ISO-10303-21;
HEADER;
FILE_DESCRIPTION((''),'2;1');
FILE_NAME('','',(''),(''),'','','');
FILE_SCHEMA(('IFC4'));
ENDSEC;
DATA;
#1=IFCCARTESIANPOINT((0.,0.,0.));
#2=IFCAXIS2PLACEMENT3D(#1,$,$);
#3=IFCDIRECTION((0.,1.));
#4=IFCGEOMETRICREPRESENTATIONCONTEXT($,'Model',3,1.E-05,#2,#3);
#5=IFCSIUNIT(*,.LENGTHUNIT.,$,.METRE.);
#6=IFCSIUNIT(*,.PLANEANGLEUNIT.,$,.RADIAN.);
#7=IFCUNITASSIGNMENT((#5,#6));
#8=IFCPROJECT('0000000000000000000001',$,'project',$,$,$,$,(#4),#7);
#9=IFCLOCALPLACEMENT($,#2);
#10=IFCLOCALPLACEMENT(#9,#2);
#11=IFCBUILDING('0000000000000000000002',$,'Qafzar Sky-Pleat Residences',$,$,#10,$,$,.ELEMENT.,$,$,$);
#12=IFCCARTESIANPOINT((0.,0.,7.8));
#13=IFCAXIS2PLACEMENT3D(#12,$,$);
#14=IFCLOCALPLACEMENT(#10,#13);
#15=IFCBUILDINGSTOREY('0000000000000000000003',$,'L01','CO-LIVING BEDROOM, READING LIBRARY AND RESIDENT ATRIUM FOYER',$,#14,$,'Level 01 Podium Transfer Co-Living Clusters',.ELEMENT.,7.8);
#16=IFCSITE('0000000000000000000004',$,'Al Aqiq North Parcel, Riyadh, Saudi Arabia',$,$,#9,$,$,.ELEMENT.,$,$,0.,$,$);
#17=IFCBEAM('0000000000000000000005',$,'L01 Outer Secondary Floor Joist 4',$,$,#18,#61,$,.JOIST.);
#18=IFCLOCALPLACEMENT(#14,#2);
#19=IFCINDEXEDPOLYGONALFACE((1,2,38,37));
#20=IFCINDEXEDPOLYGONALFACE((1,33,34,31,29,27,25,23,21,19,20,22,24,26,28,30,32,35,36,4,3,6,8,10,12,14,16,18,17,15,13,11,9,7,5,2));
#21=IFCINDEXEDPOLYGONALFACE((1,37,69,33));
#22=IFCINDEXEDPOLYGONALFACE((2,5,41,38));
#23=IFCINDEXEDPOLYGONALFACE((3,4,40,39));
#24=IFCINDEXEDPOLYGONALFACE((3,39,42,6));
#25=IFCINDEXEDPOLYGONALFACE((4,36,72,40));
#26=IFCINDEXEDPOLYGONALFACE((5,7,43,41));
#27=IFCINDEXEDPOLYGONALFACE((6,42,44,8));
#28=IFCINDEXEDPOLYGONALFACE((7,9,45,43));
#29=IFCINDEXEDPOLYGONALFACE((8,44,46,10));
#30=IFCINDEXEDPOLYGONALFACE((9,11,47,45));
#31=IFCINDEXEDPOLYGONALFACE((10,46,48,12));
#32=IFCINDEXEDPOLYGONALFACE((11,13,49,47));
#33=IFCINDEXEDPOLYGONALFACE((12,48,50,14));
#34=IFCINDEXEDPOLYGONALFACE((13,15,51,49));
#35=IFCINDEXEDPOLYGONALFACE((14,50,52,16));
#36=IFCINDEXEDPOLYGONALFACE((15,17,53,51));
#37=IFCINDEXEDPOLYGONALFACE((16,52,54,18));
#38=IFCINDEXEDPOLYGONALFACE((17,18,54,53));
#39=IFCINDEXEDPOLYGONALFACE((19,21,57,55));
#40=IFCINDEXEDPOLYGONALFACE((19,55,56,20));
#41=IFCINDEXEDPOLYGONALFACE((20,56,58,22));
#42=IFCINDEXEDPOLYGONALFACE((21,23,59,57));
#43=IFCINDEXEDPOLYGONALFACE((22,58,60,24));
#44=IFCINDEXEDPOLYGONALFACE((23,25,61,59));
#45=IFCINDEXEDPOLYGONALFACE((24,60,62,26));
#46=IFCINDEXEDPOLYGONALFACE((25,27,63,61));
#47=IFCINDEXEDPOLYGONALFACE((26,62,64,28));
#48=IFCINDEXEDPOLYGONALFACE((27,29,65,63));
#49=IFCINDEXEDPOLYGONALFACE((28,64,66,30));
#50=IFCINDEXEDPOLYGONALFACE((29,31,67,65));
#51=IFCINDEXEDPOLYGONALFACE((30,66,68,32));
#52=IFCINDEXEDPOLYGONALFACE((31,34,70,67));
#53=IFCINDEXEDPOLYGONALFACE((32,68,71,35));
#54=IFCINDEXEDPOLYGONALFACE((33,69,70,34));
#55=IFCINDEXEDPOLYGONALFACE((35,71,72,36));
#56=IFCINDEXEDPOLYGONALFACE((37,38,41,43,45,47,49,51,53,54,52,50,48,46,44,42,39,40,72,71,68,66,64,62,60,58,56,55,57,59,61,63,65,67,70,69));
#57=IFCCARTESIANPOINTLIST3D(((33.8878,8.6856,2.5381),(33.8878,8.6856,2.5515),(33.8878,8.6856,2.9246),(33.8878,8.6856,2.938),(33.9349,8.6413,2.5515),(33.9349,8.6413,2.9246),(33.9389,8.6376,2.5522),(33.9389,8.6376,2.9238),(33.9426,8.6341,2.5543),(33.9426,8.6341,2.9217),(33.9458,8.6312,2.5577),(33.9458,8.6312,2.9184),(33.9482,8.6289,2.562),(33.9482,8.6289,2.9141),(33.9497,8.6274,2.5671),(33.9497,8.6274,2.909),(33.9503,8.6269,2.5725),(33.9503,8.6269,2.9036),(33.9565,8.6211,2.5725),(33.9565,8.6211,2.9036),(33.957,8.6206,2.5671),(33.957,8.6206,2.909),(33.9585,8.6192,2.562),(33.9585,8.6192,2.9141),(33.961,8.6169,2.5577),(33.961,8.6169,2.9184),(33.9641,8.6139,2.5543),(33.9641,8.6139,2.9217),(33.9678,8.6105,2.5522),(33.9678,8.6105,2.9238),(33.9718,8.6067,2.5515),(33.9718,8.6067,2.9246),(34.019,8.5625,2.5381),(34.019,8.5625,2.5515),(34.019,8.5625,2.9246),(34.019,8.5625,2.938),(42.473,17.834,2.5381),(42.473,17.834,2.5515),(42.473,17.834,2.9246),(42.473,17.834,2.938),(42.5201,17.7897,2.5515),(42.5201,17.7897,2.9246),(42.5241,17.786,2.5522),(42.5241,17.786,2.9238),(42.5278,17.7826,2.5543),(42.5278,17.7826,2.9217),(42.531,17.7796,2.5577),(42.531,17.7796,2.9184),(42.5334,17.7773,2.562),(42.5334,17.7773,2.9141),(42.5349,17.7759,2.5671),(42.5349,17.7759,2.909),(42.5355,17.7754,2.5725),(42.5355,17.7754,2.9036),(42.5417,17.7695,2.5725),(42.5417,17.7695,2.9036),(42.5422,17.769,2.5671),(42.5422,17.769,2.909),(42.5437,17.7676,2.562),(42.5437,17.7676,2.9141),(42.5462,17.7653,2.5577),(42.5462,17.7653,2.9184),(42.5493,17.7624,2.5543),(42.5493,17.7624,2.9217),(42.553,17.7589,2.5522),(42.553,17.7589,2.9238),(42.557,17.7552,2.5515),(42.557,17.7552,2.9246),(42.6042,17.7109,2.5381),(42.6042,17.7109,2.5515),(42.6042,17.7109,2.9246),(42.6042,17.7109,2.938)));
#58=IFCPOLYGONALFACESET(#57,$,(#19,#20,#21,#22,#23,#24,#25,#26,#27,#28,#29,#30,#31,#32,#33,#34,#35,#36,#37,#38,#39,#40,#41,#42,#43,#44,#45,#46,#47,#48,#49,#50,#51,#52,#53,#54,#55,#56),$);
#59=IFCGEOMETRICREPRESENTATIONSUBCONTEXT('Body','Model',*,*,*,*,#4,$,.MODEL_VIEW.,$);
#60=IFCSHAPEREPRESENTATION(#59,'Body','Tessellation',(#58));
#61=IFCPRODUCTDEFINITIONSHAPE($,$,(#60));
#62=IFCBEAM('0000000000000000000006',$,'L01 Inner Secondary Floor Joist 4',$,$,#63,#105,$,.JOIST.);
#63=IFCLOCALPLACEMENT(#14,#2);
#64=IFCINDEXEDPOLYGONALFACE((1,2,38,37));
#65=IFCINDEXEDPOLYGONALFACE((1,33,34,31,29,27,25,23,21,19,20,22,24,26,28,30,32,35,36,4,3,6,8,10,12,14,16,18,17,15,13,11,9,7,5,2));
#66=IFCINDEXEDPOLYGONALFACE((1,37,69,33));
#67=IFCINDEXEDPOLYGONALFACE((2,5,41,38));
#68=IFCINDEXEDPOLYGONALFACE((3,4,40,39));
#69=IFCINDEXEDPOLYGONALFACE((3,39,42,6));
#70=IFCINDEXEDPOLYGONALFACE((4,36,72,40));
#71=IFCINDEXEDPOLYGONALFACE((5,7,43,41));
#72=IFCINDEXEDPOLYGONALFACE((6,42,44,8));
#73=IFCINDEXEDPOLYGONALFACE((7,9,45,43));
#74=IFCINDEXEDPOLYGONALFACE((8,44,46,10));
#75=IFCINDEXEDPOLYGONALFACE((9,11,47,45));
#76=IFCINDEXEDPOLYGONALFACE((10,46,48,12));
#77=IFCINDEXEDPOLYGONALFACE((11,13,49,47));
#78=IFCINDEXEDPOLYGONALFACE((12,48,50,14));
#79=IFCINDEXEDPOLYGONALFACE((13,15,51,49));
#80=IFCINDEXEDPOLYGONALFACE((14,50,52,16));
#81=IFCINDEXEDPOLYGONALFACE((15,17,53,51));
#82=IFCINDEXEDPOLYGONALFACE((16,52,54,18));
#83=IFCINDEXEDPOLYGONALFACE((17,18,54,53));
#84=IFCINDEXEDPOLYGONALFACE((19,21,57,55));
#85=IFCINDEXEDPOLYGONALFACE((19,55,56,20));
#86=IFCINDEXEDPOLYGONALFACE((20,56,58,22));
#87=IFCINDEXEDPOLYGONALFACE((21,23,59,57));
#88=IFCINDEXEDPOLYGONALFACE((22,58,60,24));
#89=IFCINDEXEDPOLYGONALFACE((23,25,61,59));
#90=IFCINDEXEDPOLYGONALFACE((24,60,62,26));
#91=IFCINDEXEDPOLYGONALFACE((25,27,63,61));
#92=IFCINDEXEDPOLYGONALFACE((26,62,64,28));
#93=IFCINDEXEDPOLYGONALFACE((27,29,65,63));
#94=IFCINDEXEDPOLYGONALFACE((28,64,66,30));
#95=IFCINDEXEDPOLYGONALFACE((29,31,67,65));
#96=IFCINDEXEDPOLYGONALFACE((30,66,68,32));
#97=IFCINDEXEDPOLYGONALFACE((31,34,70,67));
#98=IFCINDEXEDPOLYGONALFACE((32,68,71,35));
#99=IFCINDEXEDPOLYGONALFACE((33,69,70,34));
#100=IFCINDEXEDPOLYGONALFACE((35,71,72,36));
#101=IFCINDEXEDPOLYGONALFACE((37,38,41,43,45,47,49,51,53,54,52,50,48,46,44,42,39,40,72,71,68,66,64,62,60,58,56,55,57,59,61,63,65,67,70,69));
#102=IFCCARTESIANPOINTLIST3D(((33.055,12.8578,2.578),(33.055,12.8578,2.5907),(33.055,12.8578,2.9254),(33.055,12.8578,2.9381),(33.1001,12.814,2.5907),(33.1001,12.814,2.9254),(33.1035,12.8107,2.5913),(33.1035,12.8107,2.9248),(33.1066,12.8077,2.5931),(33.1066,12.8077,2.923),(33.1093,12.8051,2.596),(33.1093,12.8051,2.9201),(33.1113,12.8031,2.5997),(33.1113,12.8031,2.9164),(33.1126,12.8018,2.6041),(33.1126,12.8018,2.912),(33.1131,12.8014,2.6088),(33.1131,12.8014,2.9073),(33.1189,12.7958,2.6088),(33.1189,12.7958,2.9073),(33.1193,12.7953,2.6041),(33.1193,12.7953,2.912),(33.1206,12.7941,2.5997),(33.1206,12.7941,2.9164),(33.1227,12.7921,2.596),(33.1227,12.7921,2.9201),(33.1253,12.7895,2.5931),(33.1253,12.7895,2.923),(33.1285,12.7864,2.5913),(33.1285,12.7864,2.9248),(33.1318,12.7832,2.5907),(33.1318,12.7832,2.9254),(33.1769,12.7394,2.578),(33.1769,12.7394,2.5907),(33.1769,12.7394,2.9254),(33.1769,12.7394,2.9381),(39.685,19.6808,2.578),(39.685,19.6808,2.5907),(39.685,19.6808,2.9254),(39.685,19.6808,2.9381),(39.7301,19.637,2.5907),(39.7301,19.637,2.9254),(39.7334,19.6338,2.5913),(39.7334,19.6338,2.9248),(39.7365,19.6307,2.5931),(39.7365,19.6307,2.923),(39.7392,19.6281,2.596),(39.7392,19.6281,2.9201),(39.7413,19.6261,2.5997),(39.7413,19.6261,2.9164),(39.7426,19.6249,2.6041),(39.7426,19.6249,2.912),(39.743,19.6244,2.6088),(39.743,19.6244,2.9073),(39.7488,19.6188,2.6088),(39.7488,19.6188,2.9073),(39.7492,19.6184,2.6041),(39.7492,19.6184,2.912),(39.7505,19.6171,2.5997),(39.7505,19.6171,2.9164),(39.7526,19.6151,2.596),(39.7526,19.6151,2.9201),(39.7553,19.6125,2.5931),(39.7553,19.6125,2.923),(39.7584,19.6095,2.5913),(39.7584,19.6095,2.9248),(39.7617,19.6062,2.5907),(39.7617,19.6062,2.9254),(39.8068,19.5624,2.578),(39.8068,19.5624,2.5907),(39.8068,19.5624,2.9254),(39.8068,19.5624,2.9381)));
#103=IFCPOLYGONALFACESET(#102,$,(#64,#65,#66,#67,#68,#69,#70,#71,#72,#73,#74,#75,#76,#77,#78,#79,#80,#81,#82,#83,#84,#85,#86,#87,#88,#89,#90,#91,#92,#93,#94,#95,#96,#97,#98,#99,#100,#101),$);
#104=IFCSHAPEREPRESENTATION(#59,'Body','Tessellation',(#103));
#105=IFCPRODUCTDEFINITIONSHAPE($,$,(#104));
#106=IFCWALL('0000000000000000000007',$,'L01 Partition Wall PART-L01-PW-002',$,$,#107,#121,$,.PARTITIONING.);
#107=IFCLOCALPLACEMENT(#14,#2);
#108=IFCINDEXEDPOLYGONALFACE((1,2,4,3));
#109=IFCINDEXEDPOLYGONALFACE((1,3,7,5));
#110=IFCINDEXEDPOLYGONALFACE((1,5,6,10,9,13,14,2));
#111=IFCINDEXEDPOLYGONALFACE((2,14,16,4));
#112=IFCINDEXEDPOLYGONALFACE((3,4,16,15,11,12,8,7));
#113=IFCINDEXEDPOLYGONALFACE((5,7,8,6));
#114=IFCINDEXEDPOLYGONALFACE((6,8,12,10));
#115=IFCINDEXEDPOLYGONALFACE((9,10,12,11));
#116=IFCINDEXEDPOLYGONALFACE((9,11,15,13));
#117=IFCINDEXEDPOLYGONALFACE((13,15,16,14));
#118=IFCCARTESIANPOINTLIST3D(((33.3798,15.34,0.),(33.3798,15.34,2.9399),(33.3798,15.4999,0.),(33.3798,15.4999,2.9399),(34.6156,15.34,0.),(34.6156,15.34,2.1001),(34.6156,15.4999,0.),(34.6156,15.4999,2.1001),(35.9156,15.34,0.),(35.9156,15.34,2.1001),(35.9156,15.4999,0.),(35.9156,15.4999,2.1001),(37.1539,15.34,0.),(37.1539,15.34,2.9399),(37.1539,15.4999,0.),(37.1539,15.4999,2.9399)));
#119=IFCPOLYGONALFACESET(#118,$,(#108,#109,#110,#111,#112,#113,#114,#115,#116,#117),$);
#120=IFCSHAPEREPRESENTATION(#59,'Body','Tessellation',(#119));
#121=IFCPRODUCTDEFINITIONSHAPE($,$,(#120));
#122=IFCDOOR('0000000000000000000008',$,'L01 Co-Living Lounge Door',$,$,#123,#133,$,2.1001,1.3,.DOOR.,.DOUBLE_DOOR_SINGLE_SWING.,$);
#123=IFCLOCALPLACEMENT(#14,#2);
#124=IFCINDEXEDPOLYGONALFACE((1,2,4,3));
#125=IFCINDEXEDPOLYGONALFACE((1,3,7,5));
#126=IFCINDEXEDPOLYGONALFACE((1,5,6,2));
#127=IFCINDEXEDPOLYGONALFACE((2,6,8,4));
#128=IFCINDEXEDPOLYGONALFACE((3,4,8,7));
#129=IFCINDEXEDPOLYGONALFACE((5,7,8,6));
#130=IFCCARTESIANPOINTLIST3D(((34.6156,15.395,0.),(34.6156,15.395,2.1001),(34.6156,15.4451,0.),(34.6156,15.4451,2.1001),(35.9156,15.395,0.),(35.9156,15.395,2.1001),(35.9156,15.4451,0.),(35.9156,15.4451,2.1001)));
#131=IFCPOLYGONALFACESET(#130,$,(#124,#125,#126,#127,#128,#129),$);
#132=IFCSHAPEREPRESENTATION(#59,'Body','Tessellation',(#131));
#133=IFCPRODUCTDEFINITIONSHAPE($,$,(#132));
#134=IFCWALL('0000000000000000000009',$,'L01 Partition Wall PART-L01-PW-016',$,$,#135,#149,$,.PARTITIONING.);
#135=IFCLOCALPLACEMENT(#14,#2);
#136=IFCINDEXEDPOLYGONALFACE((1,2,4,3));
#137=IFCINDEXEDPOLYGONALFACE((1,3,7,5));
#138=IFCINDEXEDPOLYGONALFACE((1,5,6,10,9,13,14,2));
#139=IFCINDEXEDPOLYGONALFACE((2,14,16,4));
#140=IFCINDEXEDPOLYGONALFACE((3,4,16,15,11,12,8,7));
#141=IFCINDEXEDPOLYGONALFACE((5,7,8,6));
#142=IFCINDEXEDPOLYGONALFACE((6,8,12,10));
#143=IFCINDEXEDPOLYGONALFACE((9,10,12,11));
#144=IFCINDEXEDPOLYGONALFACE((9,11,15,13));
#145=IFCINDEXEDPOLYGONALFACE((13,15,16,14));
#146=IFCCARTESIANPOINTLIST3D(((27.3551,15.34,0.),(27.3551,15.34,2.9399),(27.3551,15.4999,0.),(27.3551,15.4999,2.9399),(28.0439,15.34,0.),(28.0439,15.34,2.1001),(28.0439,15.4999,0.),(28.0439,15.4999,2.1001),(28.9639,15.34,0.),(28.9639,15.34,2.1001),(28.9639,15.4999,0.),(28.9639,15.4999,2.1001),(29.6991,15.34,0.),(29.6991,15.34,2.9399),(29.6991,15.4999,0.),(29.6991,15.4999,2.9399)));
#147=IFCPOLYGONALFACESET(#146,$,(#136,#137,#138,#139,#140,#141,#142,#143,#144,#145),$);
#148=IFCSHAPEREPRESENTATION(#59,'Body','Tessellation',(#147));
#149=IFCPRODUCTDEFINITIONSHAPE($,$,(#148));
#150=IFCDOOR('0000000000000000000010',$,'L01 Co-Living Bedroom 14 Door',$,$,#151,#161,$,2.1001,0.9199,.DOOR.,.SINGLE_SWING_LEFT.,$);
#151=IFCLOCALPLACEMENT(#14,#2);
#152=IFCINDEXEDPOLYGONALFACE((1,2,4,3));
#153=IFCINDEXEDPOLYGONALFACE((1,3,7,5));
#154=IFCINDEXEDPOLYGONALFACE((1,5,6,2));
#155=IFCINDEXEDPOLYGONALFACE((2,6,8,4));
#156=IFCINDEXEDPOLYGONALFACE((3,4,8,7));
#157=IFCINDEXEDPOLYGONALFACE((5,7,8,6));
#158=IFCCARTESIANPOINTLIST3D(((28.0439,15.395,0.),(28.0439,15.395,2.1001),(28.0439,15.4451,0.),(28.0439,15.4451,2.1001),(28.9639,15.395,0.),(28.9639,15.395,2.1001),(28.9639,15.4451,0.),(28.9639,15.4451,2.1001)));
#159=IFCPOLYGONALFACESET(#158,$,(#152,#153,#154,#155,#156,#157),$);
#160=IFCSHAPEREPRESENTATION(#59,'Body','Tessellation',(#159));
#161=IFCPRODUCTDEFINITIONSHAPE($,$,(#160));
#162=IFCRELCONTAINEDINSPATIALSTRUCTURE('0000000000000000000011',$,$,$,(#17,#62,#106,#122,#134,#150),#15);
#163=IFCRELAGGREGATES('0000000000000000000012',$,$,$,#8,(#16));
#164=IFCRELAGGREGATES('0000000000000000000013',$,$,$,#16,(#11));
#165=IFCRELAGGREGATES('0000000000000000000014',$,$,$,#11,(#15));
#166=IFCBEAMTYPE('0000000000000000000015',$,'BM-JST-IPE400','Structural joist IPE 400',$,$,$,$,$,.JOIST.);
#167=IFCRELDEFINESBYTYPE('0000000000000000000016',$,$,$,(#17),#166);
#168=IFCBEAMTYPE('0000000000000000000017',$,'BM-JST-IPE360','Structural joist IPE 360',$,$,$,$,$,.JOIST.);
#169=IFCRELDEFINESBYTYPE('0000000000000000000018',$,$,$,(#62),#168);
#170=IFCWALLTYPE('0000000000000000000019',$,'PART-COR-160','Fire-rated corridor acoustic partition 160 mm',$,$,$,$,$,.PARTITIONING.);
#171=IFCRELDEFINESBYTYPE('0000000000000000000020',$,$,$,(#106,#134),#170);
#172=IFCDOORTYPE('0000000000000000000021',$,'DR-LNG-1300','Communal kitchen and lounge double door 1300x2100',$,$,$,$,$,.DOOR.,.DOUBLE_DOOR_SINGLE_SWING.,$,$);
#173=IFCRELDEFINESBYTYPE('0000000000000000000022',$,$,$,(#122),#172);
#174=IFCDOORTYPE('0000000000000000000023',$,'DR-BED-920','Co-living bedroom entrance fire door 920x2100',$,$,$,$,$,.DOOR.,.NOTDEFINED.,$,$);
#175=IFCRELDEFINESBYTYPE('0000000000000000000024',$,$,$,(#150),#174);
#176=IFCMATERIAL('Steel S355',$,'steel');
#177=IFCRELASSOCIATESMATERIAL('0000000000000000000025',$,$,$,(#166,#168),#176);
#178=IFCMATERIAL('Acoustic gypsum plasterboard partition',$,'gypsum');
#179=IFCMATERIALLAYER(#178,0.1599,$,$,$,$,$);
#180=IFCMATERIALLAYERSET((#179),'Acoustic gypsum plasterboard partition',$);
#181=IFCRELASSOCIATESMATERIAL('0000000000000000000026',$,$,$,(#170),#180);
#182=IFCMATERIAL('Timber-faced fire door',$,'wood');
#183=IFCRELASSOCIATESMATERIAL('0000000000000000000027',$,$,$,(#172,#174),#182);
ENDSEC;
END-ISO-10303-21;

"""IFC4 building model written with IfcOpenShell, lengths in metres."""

from ifc_helpers import new_model, si_unit, direction, frame, frame_2d, origin, origin_2d, place, context, subcontext, project, spatial, rectangle, i_section, extrude, source, transform, mapped, material, layer, layer_set, material_profile, profile_set, type_object, element, fill, save


model = new_model("IFC4")

# Units and contexts
model_context = context("Model", 3, precision=1e-05, world=origin(), true_north=direction((0.0, 1.0)))
body_context = subcontext(model_context, "Body", "Model", "MODEL_VIEW")
ifc_project = project(units=[si_unit("LENGTHUNIT", "METRE"), si_unit("PLANEANGLEUNIT", "RADIAN")], contexts=[model_context])

# Site, building, storey
site_placement = place(None, origin())
site = spatial("IfcSite", under=ifc_project, at=site_placement, Name="Al Aqiq North Parcel, Riyadh, Saudi Arabia", CompositionType="ELEMENT", RefElevation=0.0)
building_placement = place(site_placement, origin())
building = spatial("IfcBuilding", under=site, at=building_placement, Name="Qafzar Sky-Pleat Residences", CompositionType="ELEMENT")
storey_placement = place(building_placement, frame((0.0, 0.0, 7.8)))
storey = spatial("IfcBuildingStorey", under=building, at=storey_placement, Name="L01", Description="CO-LIVING BEDROOM, READING LIBRARY AND RESIDENT ATRIUM FOYER", LongName="Level 01 Podium Transfer Co-Living Clusters", CompositionType="ELEMENT", Elevation=7.8)

# Beams
ifc_material_1 = material(Name="Steel S355", Category="steel")
ifc_material_profile_1 = material_profile(ifc_material_1, i_section(OverallWidth=0.1799, OverallDepth=0.3999, WebThickness=0.0085, FlangeThickness=0.0134, FilletRadius=0.021, at=origin_2d()), Name="IPE 400")
ifc_profile_set_1 = profile_set([ifc_material_profile_1], Name="Steel S355")
beam_type_1 = type_object("IfcBeamType", Name="BM-JST-IPE400", Description="Structural joist IPE 400", PredefinedType="JOIST", material=ifc_profile_set_1)
shared_shape_1 = source(origin(), body_context, "Body", "SweptSolid", [
    extrude(i_section(OverallWidth=0.1799, OverallDepth=0.3999, WebThickness=0.0085, FlangeThickness=0.0134, FilletRadius=0.021, at=origin_2d()), origin(), (0.0, 0.0, 1.0), 12.5459),
])
beam_1_placement = place(storey_placement, frame((33.9534, 8.624, 2.738), z_axis=(0.684304, 0.729197, 0.0), x_axis=(-0.729197, 0.684304, 0.0)))
element("IfcBeam", 1, at=beam_1_placement, inside=storey, type_object=beam_type_1, Name="L01 Outer Secondary Floor Joist 4", PredefinedType="JOIST", context=body_context, shape_type="MappedRepresentation", body=[
    mapped(shared_shape_1, transform((0.0, 0.0, 0.0), x_axis=(1.0, 0.0, 0.0), y_axis=(0.0, 1.0, 0.0), z_axis=(0.0, 0.0, 1.0), scale=1.0)),
])
ifc_material_profile_2 = material_profile(ifc_material_1, i_section(OverallWidth=0.1699, OverallDepth=0.3601, WebThickness=0.0081, FlangeThickness=0.0127, FilletRadius=0.0181, at=origin_2d()), Name="IPE 360")
ifc_profile_set_2 = profile_set([ifc_material_profile_2], Name="Steel S355")
beam_type_2 = type_object("IfcBeamType", Name="BM-JST-IPE360", Description="Structural joist IPE 360", PredefinedType="JOIST", material=ifc_profile_set_2)
shared_shape_2 = source(origin(), body_context, "Body", "SweptSolid", [
    extrude(i_section(OverallWidth=0.1699, OverallDepth=0.3601, WebThickness=0.0081, FlangeThickness=0.0127, FilletRadius=0.0181, at=origin_2d()), origin(), (0.0, 0.0, 1.0), 9.5137),
])
beam_2_placement = place(storey_placement, frame((33.116, 12.7986, 2.7581), z_axis=(0.696885, 0.717183, 0.0), x_axis=(-0.717183, 0.696885, 0.0)))
element("IfcBeam", 2, at=beam_2_placement, inside=storey, type_object=beam_type_2, Name="L01 Inner Secondary Floor Joist 4", PredefinedType="JOIST", context=body_context, shape_type="MappedRepresentation", body=[
    mapped(shared_shape_2, transform((0.0, 0.0, 0.0), x_axis=(1.0, 0.0, 0.0), y_axis=(0.0, 1.0, 0.0), z_axis=(0.0, 0.0, 1.0), scale=1.0)),
])

# Walls, openings, doors
ifc_material_2 = material(Name="Acoustic gypsum plasterboard partition", Category="gypsum")
ifc_layer_1 = layer(ifc_material_2, 0.1599)
ifc_layer_set_1 = layer_set([ifc_layer_1], Name="Acoustic gypsum plasterboard partition")
wall_type_1 = type_object("IfcWallType", Name="PART-COR-160", Description="Fire-rated corridor acoustic partition 160 mm", PredefinedType="PARTITIONING", material=ifc_layer_set_1)
wall_1_placement = place(storey_placement, frame((37.1541, 15.4199, 0.0), z_axis=(0.0, 0.0, 1.0), x_axis=(-1.0, 0.0, 0.0)))
wall_1 = element("IfcWall", 3, at=wall_1_placement, inside=storey, type_object=wall_type_1, Name="L01 Partition Wall PART-L01-PW-002", PredefinedType="PARTITIONING", context=body_context, shape_type="SweptSolid", body=[
    extrude(rectangle(XDim=3.7742, YDim=0.1599, at=frame_2d((1.8872, 0.0))), origin(), (0.0, 0.0, 1.0), 2.9399),
])
opening_1_placement = place(wall_1_placement, frame((1.2385, 0.0, 0.0)))
opening_1 = element("IfcOpeningElement", 4, at=opening_1_placement, cuts=wall_1, PredefinedType="OPENING", context=body_context, shape_type="SweptSolid", body=[
    extrude(rectangle(XDim=1.3, YDim=2.1001, at=frame_2d((0.6499, 1.05))), frame((0.0, 0.0898, 0.0), z_axis=(0.0, -1.0, 0.0), x_axis=(1.0, 0.0, 0.0)), (0.0, 0.0, 1.0), 0.1799),
])
ifc_material_3 = material(Name="Timber-faced fire door", Category="wood")
door_type_1 = type_object("IfcDoorType", Name="DR-LNG-1300", Description="Communal kitchen and lounge double door 1300x2100", OperationType="DOUBLE_DOOR_SINGLE_SWING", PredefinedType="DOOR", material=ifc_material_3)
shared_shape_3 = source(origin(), body_context, "Body", "SweptSolid", [
    extrude(rectangle(XDim=1.3, YDim=2.1001, at=frame_2d((0.6499, 1.05))), frame((0.0, 0.0249, 0.0), z_axis=(0.0, -1.0, 0.0), x_axis=(1.0, 0.0, 0.0)), (0.0, 0.0, 1.0), 0.05),
])
door_1_placement = place(opening_1_placement, origin())
door_1 = element("IfcDoor", 5, at=door_1_placement, inside=storey, type_object=door_type_1, Name="L01 Co-Living Lounge Door", OperationType="DOUBLE_DOOR_SINGLE_SWING", OverallHeight=2.1001, OverallWidth=1.3, PredefinedType="DOOR", context=body_context, shape_type="MappedRepresentation", body=[
    mapped(shared_shape_3, transform((0.0, 0.0, 0.0), x_axis=(1.0, 0.0, 0.0), y_axis=(0.0, 1.0, 0.0), z_axis=(0.0, 0.0, 1.0), scale=1.0)),
])
fill(opening_1, door_1)
wall_2_placement = place(storey_placement, frame((29.699, 15.4199, 0.0), z_axis=(0.0, 0.0, 1.0), x_axis=(-1.0, 0.0, 0.0)))
wall_2 = element("IfcWall", 6, at=wall_2_placement, inside=storey, type_object=wall_type_1, Name="L01 Partition Wall PART-L01-PW-016", PredefinedType="PARTITIONING", context=body_context, shape_type="SweptSolid", body=[
    extrude(rectangle(XDim=2.344, YDim=0.1599, at=frame_2d((1.1719, 0.0))), origin(), (0.0, 0.0, 1.0), 2.9399),
])
opening_2_placement = place(wall_2_placement, frame((0.7351, 0.0, 0.0)))
opening_2 = element("IfcOpeningElement", 7, at=opening_2_placement, cuts=wall_2, PredefinedType="OPENING", context=body_context, shape_type="SweptSolid", body=[
    extrude(rectangle(XDim=0.9199, YDim=2.1001, at=frame_2d((0.46, 1.05))), frame((0.0, 0.0898, 0.0), z_axis=(0.0, -1.0, 0.0), x_axis=(1.0, 0.0, 0.0)), (0.0, 0.0, 1.0), 0.1799),
])
door_type_2 = type_object("IfcDoorType", Name="DR-BED-920", Description="Co-living bedroom entrance fire door 920x2100", OperationType="NOTDEFINED", PredefinedType="DOOR", material=ifc_material_3)
shared_shape_4 = source(origin(), body_context, "Body", "SweptSolid", [
    extrude(rectangle(XDim=0.9199, YDim=2.1001, at=frame_2d((0.46, 1.05))), frame((0.0, 0.0249, 0.0), z_axis=(0.0, -1.0, 0.0), x_axis=(1.0, 0.0, 0.0)), (0.0, 0.0, 1.0), 0.05),
])
door_2_placement = place(opening_2_placement, origin())
door_2 = element("IfcDoor", 8, at=door_2_placement, inside=storey, type_object=door_type_2, Name="L01 Co-Living Bedroom 14 Door", OperationType="SINGLE_SWING_LEFT", OverallHeight=2.1001, OverallWidth=0.9199, PredefinedType="DOOR", context=body_context, shape_type="MappedRepresentation", body=[
    mapped(shared_shape_4, transform((0.0, 0.0, 0.0), x_axis=(1.0, 0.0, 0.0), y_axis=(0.0, 1.0, 0.0), z_axis=(0.0, 0.0, 1.0), scale=1.0)),
])
fill(opening_2, door_2)

save(model, "model.ifc")
